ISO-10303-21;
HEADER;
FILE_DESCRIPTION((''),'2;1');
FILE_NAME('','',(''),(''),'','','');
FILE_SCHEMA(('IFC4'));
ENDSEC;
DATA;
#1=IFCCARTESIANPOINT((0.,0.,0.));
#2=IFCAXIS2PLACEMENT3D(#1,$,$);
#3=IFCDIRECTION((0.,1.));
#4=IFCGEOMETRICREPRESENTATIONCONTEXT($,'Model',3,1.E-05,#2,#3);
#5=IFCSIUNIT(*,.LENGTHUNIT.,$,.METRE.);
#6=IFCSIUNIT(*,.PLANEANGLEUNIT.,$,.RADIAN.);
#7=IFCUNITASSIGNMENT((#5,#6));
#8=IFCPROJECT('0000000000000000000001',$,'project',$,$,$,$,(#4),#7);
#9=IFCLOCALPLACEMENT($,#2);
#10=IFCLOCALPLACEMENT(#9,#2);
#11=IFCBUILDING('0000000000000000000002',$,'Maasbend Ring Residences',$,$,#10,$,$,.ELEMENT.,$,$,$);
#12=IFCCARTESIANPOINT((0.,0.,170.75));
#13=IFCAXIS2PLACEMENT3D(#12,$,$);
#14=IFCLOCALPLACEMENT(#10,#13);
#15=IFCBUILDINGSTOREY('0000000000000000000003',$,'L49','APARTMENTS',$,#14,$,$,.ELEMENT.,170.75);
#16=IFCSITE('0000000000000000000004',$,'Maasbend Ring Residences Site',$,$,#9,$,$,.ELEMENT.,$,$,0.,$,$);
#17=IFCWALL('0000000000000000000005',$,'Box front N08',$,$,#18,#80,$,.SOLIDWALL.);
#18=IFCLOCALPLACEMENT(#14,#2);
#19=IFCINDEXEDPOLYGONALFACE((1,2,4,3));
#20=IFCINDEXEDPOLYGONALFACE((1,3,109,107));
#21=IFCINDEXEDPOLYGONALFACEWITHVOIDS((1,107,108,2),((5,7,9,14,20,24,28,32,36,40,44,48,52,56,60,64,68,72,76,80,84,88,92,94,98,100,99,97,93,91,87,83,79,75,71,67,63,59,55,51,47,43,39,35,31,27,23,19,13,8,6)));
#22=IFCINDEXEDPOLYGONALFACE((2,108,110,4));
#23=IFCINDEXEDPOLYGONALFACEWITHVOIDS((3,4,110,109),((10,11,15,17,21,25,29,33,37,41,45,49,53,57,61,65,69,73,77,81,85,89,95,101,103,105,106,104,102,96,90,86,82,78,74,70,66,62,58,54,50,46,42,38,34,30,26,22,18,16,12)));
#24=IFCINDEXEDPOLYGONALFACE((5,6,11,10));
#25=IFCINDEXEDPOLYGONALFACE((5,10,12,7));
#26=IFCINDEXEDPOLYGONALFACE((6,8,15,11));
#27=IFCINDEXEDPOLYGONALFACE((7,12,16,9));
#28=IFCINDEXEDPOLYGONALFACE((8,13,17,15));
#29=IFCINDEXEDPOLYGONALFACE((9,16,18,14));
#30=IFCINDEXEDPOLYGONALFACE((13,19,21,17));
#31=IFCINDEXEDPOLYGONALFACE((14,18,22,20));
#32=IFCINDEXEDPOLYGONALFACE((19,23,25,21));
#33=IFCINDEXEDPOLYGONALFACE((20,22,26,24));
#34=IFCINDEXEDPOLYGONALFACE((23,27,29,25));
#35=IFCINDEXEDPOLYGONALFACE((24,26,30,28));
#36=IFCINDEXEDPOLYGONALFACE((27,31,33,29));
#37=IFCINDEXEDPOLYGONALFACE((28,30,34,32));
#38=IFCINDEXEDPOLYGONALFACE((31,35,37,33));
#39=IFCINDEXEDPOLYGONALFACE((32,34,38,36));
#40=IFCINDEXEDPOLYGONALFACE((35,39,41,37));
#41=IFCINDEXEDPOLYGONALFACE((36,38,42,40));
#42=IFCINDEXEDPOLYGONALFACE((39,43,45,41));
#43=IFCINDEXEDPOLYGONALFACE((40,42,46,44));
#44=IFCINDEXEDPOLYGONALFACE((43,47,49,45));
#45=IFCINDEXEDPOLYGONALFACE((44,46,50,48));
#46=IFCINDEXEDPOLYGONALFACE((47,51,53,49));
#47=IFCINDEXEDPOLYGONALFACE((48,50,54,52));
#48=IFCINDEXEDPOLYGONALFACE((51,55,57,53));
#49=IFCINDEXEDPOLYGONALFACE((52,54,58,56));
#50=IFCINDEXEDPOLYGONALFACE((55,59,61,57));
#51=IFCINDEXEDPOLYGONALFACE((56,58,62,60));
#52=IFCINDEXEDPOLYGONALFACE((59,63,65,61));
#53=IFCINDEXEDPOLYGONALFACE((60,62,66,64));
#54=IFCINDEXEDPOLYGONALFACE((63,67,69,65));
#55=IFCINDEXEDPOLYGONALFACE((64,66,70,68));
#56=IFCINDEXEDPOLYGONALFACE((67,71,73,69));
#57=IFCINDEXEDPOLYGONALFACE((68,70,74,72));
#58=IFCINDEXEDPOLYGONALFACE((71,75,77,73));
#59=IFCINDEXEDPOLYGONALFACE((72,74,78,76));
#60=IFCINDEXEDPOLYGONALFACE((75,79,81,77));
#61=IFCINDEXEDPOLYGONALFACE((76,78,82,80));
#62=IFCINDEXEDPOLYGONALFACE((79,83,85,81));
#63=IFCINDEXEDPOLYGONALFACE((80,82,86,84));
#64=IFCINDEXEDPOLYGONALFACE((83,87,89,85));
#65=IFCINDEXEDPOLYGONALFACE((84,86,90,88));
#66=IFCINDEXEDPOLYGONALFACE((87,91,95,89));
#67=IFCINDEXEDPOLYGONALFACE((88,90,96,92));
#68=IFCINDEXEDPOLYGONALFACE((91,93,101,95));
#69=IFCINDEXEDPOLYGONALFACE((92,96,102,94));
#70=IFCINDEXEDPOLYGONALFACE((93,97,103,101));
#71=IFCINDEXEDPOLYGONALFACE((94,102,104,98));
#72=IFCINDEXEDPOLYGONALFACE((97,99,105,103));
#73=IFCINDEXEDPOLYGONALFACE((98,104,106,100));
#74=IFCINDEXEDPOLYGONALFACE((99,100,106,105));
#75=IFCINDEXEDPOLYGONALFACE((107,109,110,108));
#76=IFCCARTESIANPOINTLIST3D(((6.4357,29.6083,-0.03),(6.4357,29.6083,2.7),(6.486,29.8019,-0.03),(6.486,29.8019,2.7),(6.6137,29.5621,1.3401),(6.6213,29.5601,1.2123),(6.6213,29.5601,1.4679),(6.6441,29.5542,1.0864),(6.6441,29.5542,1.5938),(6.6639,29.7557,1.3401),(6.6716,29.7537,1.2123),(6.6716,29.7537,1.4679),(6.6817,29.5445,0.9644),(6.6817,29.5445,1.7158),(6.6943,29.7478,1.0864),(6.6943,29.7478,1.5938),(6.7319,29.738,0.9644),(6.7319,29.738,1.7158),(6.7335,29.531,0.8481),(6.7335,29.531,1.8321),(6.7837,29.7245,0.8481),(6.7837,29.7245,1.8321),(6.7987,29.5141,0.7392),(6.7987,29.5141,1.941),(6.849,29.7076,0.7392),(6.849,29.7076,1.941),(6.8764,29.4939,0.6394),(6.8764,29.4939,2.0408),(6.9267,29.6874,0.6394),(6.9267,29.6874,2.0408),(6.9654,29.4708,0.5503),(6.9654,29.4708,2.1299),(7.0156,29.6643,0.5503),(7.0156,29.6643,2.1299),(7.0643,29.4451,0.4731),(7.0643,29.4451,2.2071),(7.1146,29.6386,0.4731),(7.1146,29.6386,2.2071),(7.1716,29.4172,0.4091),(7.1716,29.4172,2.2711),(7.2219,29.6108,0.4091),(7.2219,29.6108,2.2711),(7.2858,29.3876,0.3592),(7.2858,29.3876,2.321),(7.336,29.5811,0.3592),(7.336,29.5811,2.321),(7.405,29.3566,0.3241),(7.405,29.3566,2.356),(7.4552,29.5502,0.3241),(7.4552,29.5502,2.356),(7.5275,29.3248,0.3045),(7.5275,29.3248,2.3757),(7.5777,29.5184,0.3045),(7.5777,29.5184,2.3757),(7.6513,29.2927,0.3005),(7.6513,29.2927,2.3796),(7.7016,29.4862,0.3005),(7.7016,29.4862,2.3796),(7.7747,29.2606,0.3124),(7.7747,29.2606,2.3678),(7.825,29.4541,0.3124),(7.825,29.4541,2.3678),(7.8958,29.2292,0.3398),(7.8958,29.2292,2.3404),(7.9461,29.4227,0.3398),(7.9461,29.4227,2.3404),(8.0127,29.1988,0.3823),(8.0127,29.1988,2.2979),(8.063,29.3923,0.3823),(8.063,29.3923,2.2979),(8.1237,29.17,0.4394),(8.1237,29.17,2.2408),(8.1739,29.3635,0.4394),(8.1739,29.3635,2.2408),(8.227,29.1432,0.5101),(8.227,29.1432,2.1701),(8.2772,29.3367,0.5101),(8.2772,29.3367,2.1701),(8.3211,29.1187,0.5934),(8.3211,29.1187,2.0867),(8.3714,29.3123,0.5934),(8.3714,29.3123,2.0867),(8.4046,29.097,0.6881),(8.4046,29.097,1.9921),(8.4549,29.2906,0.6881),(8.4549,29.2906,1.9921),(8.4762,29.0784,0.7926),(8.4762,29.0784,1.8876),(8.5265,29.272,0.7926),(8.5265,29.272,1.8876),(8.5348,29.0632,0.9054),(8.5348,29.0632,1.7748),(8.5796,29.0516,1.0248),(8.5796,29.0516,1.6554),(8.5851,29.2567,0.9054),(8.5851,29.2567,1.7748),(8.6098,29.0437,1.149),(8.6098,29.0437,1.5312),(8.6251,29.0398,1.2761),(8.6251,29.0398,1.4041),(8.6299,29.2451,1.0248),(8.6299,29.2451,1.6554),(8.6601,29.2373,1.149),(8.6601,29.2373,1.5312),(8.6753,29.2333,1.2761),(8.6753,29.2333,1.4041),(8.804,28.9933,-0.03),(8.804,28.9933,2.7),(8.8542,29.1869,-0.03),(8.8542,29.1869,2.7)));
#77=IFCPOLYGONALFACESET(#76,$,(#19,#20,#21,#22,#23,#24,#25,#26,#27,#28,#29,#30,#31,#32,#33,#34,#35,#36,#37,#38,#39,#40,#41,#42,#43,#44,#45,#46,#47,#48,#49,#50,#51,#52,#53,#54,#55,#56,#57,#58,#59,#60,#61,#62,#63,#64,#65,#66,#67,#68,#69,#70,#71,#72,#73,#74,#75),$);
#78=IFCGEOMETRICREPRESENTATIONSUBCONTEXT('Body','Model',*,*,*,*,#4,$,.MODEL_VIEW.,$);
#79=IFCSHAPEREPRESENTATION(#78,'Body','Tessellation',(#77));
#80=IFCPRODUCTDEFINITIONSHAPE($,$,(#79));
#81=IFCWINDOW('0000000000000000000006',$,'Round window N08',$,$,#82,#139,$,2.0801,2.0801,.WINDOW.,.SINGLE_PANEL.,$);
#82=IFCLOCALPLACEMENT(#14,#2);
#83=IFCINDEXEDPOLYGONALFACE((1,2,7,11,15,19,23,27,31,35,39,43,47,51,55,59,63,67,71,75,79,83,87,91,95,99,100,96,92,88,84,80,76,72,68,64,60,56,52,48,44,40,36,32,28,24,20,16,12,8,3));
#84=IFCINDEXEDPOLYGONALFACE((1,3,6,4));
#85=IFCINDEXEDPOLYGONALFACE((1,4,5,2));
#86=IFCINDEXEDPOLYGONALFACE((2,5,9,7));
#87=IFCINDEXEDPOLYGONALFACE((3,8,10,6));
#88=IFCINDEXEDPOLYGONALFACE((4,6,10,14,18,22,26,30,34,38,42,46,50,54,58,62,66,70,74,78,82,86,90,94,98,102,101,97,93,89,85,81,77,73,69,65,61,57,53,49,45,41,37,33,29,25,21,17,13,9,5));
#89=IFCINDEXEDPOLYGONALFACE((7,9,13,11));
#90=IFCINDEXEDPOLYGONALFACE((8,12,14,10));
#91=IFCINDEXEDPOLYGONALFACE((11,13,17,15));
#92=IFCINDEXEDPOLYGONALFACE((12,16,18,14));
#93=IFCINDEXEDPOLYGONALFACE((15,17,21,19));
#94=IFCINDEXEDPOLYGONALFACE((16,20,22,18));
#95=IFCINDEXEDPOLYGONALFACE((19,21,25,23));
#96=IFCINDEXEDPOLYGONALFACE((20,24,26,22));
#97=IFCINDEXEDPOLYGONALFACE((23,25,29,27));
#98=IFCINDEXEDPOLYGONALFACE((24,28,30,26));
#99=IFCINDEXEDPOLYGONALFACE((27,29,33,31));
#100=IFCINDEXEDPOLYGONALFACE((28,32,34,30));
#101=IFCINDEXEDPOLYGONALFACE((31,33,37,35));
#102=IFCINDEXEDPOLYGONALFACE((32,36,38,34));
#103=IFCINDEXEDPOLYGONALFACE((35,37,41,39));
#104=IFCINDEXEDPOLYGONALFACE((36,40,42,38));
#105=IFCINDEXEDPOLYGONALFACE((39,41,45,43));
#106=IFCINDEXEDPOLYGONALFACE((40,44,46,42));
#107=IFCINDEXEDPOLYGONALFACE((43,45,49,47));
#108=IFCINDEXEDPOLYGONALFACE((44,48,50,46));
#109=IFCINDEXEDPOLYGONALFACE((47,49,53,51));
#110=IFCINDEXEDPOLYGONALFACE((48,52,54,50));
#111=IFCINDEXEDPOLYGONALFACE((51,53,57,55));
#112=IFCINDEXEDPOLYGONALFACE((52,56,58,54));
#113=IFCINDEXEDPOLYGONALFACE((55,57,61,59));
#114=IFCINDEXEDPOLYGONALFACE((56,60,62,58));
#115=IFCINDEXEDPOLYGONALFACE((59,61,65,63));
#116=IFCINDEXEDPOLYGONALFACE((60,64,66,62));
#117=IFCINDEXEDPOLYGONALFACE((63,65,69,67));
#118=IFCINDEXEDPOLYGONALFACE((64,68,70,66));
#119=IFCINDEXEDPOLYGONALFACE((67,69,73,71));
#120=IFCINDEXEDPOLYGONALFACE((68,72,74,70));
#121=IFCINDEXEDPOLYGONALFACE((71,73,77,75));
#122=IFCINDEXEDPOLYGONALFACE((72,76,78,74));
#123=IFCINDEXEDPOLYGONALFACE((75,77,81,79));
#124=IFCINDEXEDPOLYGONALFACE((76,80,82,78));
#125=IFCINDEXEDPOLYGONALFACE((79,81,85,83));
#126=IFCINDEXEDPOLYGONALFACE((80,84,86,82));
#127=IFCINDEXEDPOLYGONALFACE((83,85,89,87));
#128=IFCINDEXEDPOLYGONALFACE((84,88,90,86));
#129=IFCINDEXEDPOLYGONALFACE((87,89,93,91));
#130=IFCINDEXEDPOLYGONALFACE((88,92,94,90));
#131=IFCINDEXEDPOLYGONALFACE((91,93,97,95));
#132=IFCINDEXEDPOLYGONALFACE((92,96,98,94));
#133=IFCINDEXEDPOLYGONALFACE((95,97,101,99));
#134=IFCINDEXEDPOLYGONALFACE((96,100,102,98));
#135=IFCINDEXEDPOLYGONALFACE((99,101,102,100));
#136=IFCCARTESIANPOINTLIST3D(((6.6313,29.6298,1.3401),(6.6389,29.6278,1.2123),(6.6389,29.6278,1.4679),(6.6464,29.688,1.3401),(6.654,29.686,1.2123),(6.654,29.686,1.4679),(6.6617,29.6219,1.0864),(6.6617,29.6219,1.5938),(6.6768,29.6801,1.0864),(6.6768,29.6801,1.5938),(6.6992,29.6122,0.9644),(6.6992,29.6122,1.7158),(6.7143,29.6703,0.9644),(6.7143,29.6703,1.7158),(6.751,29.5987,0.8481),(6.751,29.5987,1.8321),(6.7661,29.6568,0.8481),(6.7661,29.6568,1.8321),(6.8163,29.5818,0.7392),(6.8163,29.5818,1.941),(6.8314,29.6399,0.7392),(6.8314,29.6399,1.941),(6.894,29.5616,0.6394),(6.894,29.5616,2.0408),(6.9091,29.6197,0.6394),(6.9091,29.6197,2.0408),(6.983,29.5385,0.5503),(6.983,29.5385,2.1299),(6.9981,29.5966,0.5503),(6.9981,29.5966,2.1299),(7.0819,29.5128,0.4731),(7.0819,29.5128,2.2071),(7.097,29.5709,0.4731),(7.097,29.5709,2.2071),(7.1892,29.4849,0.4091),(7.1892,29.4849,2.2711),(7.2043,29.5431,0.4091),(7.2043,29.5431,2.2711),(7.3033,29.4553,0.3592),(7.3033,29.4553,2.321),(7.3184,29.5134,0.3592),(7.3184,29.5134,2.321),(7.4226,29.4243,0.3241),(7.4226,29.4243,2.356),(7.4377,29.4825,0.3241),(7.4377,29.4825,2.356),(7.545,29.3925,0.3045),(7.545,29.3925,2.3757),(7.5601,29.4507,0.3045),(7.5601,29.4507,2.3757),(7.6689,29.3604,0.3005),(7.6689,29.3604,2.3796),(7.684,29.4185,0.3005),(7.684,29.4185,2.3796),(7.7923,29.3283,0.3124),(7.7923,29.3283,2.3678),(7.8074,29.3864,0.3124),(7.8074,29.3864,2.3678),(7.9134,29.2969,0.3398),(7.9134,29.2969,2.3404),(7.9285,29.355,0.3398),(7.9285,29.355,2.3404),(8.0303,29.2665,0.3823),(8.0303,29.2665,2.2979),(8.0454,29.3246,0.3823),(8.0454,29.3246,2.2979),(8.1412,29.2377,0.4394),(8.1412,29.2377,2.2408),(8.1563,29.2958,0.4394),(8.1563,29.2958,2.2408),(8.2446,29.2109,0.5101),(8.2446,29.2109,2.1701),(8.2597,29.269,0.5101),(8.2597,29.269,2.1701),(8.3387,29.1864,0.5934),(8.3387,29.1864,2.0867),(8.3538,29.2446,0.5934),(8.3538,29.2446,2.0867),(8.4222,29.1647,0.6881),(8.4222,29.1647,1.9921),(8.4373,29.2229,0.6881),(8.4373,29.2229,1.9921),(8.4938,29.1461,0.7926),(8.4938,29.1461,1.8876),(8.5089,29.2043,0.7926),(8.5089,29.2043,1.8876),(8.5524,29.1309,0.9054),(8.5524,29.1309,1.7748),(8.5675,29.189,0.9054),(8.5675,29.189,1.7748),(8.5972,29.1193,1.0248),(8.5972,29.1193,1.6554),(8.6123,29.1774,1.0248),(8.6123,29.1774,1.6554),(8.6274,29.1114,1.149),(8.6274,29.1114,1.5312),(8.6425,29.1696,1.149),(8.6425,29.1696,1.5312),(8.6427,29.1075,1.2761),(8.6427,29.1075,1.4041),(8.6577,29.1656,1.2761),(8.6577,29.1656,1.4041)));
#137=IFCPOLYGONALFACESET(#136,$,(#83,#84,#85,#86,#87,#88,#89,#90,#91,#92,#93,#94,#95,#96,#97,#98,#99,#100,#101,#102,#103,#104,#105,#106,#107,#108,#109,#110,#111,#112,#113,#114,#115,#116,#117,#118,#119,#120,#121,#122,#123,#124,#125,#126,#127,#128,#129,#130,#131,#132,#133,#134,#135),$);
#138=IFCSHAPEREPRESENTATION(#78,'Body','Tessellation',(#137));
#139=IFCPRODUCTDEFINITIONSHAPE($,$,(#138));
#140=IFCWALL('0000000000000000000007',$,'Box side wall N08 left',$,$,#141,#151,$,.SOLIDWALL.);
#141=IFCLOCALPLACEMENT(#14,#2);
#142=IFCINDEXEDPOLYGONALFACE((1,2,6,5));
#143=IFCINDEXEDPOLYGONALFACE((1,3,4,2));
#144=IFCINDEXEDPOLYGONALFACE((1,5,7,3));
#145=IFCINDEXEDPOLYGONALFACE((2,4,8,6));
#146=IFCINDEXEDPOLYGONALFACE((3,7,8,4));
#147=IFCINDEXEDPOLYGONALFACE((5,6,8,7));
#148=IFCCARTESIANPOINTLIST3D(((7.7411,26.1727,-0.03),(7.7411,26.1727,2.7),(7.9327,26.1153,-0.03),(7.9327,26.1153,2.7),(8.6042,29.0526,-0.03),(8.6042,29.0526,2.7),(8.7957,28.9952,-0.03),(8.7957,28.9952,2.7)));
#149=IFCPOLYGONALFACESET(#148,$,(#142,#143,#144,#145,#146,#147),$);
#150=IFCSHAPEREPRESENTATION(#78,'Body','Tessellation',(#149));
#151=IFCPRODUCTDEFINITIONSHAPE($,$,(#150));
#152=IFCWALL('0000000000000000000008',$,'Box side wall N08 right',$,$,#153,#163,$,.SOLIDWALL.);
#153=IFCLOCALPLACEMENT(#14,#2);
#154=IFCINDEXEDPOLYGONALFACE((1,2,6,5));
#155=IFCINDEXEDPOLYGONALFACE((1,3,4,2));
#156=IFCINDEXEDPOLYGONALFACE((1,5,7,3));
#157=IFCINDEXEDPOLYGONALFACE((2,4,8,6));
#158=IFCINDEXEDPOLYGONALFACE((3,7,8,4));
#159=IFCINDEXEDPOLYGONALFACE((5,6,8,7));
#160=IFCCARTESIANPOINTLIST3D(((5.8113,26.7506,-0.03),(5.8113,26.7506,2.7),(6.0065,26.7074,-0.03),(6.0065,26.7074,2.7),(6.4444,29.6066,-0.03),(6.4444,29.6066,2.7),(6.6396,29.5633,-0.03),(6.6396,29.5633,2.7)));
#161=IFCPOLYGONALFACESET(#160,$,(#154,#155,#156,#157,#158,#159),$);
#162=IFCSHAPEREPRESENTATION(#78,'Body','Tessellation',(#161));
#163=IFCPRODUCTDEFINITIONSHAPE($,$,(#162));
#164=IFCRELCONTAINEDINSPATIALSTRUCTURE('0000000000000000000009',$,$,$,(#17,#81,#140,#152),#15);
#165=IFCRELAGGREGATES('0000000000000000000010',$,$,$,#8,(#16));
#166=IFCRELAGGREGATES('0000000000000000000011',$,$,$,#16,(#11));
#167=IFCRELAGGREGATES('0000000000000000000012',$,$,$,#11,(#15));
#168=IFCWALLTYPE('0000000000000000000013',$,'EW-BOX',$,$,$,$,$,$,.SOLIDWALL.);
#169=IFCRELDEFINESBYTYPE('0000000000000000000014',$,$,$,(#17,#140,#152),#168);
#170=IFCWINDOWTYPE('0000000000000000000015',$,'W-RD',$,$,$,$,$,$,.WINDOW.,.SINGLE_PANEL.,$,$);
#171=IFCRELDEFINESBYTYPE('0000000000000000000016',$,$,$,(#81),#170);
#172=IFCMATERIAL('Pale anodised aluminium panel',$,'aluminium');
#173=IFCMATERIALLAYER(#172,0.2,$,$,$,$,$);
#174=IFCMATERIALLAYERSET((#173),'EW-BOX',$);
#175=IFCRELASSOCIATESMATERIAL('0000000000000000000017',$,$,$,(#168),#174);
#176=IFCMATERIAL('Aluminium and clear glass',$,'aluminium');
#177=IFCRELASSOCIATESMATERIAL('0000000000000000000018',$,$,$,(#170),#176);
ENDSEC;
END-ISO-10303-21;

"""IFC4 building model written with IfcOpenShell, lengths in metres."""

from ifc_helpers import new_model, si_unit, direction, frame, frame_2d, origin, place, context, subcontext, project, spatial, rectangle, circle, extrude, material, layer, layer_set, type_object, element, fill, save


model = new_model("IFC4")

# Units and contexts
model_context = context("Model", 3, precision=1e-05, world=origin(), true_north=direction((0.0, 1.0)))
body_context = subcontext(model_context, "Body", "Model", "MODEL_VIEW")
ifc_project = project(units=[si_unit("LENGTHUNIT", "METRE"), si_unit("PLANEANGLEUNIT", "RADIAN")], contexts=[model_context])

# Site, building, storey
site_placement = place(None, origin())
site = spatial("IfcSite", under=ifc_project, at=site_placement, Name="Maasbend Ring Residences Site", CompositionType="ELEMENT", RefElevation=0.0)
building_placement = place(site_placement, origin())
building = spatial("IfcBuilding", under=site, at=building_placement, Name="Maasbend Ring Residences", CompositionType="ELEMENT")
storey_placement = place(building_placement, frame((0.0, 0.0, 170.75)))
storey = spatial("IfcBuildingStorey", under=building, at=storey_placement, Name="L49", Description="APARTMENTS", CompositionType="ELEMENT", Elevation=170.75)

# Shared definitions
ifc_material_1 = material(Name="Pale anodised aluminium panel", Category="aluminium")
ifc_layer_1 = layer(ifc_material_1, 0.2)
ifc_layer_set_1 = layer_set([ifc_layer_1], Name="EW-BOX")
wall_type_1 = type_object("IfcWallType", Name="EW-BOX", PredefinedType="SOLIDWALL", material=ifc_layer_set_1)

# Wall, opening, window
wall_1_placement = place(storey_placement, frame((8.8291, 29.0901, -0.03), z_axis=(0.0, 0.0, 1.0), x_axis=(-0.967895, 0.251353, 0.0)))
wall_1 = element("IfcWall", 1, at=wall_1_placement, inside=storey, type_object=wall_type_1, Name="Box front N08", PredefinedType="SOLIDWALL", context=body_context, shape_type="SweptSolid", body=[
    extrude(rectangle(XDim=2.4468, YDim=0.2, at=frame_2d((1.2234, 0.0))), origin(), (0.0, 0.0, 1.0), 2.73),
])
opening_1_placement = place(wall_1_placement, frame((0.1829, 0.0, 0.3301)))
opening_1 = element("IfcOpeningElement", 2, at=opening_1_placement, cuts=wall_1, PredefinedType="OPENING", context=body_context, shape_type="SweptSolid", body=[
    extrude(circle(Radius=1.04, at=frame_2d((1.04, 1.04))), frame((0.0, 0.1099, 0.0), z_axis=(0.0, -1.0, 0.0), x_axis=(1.0, 0.0, 0.0)), (0.0, 0.0, 1.0), 0.22),
])
ifc_material_2 = material(Name="Aluminium and clear glass", Category="aluminium")
window_type_1 = type_object("IfcWindowType", Name="W-RD", PartitioningType="SINGLE_PANEL", PredefinedType="WINDOW", material=ifc_material_2)
window_1_placement = place(opening_1_placement, origin())
window_1 = element("IfcWindow", 3, at=window_1_placement, inside=storey, type_object=window_type_1, Name="Round window N08", OverallHeight=2.0801, OverallWidth=2.0801, PartitioningType="SINGLE_PANEL", PredefinedType="WINDOW", context=body_context, shape_type="SweptSolid", body=[
    extrude(circle(Radius=1.04, at=frame_2d((1.04, 1.04))), frame((0.0, 0.03, 0.0), z_axis=(0.0, -1.0, 0.0), x_axis=(1.0, 0.0, 0.0)), (0.0, 0.0, 1.0), 0.0601),
])
fill(opening_1, window_1)

# Walls
wall_2_placement = place(storey_placement, frame((7.8369, 26.144, -0.03), z_axis=(0.0, 0.0, 1.0), x_axis=(0.287065, 0.957911, 0.0)))
element("IfcWall", 4, at=wall_2_placement, inside=storey, type_object=wall_type_1, Name="Box side wall N08 left", PredefinedType="SOLIDWALL", context=body_context, shape_type="SweptSolid", body=[
    extrude(rectangle(XDim=3.0063, YDim=0.2, at=frame_2d((1.5032, 0.0))), origin(), (0.0, 0.0, 1.0), 2.73),
])
wall_3_placement = place(storey_placement, frame((5.9089, 26.729, -0.03), z_axis=(0.0, 0.0, 1.0), x_axis=(0.216409, 0.976303, 0.0)))
element("IfcWall", 5, at=wall_3_placement, inside=storey, type_object=wall_type_1, Name="Box side wall N08 right", PredefinedType="SOLIDWALL", context=body_context, shape_type="SweptSolid", body=[
    extrude(rectangle(XDim=2.9253, YDim=0.2, at=frame_2d((1.4626, 0.0))), origin(), (0.0, 0.0, 1.0), 2.73),
])

save(model, "model.ifc")
